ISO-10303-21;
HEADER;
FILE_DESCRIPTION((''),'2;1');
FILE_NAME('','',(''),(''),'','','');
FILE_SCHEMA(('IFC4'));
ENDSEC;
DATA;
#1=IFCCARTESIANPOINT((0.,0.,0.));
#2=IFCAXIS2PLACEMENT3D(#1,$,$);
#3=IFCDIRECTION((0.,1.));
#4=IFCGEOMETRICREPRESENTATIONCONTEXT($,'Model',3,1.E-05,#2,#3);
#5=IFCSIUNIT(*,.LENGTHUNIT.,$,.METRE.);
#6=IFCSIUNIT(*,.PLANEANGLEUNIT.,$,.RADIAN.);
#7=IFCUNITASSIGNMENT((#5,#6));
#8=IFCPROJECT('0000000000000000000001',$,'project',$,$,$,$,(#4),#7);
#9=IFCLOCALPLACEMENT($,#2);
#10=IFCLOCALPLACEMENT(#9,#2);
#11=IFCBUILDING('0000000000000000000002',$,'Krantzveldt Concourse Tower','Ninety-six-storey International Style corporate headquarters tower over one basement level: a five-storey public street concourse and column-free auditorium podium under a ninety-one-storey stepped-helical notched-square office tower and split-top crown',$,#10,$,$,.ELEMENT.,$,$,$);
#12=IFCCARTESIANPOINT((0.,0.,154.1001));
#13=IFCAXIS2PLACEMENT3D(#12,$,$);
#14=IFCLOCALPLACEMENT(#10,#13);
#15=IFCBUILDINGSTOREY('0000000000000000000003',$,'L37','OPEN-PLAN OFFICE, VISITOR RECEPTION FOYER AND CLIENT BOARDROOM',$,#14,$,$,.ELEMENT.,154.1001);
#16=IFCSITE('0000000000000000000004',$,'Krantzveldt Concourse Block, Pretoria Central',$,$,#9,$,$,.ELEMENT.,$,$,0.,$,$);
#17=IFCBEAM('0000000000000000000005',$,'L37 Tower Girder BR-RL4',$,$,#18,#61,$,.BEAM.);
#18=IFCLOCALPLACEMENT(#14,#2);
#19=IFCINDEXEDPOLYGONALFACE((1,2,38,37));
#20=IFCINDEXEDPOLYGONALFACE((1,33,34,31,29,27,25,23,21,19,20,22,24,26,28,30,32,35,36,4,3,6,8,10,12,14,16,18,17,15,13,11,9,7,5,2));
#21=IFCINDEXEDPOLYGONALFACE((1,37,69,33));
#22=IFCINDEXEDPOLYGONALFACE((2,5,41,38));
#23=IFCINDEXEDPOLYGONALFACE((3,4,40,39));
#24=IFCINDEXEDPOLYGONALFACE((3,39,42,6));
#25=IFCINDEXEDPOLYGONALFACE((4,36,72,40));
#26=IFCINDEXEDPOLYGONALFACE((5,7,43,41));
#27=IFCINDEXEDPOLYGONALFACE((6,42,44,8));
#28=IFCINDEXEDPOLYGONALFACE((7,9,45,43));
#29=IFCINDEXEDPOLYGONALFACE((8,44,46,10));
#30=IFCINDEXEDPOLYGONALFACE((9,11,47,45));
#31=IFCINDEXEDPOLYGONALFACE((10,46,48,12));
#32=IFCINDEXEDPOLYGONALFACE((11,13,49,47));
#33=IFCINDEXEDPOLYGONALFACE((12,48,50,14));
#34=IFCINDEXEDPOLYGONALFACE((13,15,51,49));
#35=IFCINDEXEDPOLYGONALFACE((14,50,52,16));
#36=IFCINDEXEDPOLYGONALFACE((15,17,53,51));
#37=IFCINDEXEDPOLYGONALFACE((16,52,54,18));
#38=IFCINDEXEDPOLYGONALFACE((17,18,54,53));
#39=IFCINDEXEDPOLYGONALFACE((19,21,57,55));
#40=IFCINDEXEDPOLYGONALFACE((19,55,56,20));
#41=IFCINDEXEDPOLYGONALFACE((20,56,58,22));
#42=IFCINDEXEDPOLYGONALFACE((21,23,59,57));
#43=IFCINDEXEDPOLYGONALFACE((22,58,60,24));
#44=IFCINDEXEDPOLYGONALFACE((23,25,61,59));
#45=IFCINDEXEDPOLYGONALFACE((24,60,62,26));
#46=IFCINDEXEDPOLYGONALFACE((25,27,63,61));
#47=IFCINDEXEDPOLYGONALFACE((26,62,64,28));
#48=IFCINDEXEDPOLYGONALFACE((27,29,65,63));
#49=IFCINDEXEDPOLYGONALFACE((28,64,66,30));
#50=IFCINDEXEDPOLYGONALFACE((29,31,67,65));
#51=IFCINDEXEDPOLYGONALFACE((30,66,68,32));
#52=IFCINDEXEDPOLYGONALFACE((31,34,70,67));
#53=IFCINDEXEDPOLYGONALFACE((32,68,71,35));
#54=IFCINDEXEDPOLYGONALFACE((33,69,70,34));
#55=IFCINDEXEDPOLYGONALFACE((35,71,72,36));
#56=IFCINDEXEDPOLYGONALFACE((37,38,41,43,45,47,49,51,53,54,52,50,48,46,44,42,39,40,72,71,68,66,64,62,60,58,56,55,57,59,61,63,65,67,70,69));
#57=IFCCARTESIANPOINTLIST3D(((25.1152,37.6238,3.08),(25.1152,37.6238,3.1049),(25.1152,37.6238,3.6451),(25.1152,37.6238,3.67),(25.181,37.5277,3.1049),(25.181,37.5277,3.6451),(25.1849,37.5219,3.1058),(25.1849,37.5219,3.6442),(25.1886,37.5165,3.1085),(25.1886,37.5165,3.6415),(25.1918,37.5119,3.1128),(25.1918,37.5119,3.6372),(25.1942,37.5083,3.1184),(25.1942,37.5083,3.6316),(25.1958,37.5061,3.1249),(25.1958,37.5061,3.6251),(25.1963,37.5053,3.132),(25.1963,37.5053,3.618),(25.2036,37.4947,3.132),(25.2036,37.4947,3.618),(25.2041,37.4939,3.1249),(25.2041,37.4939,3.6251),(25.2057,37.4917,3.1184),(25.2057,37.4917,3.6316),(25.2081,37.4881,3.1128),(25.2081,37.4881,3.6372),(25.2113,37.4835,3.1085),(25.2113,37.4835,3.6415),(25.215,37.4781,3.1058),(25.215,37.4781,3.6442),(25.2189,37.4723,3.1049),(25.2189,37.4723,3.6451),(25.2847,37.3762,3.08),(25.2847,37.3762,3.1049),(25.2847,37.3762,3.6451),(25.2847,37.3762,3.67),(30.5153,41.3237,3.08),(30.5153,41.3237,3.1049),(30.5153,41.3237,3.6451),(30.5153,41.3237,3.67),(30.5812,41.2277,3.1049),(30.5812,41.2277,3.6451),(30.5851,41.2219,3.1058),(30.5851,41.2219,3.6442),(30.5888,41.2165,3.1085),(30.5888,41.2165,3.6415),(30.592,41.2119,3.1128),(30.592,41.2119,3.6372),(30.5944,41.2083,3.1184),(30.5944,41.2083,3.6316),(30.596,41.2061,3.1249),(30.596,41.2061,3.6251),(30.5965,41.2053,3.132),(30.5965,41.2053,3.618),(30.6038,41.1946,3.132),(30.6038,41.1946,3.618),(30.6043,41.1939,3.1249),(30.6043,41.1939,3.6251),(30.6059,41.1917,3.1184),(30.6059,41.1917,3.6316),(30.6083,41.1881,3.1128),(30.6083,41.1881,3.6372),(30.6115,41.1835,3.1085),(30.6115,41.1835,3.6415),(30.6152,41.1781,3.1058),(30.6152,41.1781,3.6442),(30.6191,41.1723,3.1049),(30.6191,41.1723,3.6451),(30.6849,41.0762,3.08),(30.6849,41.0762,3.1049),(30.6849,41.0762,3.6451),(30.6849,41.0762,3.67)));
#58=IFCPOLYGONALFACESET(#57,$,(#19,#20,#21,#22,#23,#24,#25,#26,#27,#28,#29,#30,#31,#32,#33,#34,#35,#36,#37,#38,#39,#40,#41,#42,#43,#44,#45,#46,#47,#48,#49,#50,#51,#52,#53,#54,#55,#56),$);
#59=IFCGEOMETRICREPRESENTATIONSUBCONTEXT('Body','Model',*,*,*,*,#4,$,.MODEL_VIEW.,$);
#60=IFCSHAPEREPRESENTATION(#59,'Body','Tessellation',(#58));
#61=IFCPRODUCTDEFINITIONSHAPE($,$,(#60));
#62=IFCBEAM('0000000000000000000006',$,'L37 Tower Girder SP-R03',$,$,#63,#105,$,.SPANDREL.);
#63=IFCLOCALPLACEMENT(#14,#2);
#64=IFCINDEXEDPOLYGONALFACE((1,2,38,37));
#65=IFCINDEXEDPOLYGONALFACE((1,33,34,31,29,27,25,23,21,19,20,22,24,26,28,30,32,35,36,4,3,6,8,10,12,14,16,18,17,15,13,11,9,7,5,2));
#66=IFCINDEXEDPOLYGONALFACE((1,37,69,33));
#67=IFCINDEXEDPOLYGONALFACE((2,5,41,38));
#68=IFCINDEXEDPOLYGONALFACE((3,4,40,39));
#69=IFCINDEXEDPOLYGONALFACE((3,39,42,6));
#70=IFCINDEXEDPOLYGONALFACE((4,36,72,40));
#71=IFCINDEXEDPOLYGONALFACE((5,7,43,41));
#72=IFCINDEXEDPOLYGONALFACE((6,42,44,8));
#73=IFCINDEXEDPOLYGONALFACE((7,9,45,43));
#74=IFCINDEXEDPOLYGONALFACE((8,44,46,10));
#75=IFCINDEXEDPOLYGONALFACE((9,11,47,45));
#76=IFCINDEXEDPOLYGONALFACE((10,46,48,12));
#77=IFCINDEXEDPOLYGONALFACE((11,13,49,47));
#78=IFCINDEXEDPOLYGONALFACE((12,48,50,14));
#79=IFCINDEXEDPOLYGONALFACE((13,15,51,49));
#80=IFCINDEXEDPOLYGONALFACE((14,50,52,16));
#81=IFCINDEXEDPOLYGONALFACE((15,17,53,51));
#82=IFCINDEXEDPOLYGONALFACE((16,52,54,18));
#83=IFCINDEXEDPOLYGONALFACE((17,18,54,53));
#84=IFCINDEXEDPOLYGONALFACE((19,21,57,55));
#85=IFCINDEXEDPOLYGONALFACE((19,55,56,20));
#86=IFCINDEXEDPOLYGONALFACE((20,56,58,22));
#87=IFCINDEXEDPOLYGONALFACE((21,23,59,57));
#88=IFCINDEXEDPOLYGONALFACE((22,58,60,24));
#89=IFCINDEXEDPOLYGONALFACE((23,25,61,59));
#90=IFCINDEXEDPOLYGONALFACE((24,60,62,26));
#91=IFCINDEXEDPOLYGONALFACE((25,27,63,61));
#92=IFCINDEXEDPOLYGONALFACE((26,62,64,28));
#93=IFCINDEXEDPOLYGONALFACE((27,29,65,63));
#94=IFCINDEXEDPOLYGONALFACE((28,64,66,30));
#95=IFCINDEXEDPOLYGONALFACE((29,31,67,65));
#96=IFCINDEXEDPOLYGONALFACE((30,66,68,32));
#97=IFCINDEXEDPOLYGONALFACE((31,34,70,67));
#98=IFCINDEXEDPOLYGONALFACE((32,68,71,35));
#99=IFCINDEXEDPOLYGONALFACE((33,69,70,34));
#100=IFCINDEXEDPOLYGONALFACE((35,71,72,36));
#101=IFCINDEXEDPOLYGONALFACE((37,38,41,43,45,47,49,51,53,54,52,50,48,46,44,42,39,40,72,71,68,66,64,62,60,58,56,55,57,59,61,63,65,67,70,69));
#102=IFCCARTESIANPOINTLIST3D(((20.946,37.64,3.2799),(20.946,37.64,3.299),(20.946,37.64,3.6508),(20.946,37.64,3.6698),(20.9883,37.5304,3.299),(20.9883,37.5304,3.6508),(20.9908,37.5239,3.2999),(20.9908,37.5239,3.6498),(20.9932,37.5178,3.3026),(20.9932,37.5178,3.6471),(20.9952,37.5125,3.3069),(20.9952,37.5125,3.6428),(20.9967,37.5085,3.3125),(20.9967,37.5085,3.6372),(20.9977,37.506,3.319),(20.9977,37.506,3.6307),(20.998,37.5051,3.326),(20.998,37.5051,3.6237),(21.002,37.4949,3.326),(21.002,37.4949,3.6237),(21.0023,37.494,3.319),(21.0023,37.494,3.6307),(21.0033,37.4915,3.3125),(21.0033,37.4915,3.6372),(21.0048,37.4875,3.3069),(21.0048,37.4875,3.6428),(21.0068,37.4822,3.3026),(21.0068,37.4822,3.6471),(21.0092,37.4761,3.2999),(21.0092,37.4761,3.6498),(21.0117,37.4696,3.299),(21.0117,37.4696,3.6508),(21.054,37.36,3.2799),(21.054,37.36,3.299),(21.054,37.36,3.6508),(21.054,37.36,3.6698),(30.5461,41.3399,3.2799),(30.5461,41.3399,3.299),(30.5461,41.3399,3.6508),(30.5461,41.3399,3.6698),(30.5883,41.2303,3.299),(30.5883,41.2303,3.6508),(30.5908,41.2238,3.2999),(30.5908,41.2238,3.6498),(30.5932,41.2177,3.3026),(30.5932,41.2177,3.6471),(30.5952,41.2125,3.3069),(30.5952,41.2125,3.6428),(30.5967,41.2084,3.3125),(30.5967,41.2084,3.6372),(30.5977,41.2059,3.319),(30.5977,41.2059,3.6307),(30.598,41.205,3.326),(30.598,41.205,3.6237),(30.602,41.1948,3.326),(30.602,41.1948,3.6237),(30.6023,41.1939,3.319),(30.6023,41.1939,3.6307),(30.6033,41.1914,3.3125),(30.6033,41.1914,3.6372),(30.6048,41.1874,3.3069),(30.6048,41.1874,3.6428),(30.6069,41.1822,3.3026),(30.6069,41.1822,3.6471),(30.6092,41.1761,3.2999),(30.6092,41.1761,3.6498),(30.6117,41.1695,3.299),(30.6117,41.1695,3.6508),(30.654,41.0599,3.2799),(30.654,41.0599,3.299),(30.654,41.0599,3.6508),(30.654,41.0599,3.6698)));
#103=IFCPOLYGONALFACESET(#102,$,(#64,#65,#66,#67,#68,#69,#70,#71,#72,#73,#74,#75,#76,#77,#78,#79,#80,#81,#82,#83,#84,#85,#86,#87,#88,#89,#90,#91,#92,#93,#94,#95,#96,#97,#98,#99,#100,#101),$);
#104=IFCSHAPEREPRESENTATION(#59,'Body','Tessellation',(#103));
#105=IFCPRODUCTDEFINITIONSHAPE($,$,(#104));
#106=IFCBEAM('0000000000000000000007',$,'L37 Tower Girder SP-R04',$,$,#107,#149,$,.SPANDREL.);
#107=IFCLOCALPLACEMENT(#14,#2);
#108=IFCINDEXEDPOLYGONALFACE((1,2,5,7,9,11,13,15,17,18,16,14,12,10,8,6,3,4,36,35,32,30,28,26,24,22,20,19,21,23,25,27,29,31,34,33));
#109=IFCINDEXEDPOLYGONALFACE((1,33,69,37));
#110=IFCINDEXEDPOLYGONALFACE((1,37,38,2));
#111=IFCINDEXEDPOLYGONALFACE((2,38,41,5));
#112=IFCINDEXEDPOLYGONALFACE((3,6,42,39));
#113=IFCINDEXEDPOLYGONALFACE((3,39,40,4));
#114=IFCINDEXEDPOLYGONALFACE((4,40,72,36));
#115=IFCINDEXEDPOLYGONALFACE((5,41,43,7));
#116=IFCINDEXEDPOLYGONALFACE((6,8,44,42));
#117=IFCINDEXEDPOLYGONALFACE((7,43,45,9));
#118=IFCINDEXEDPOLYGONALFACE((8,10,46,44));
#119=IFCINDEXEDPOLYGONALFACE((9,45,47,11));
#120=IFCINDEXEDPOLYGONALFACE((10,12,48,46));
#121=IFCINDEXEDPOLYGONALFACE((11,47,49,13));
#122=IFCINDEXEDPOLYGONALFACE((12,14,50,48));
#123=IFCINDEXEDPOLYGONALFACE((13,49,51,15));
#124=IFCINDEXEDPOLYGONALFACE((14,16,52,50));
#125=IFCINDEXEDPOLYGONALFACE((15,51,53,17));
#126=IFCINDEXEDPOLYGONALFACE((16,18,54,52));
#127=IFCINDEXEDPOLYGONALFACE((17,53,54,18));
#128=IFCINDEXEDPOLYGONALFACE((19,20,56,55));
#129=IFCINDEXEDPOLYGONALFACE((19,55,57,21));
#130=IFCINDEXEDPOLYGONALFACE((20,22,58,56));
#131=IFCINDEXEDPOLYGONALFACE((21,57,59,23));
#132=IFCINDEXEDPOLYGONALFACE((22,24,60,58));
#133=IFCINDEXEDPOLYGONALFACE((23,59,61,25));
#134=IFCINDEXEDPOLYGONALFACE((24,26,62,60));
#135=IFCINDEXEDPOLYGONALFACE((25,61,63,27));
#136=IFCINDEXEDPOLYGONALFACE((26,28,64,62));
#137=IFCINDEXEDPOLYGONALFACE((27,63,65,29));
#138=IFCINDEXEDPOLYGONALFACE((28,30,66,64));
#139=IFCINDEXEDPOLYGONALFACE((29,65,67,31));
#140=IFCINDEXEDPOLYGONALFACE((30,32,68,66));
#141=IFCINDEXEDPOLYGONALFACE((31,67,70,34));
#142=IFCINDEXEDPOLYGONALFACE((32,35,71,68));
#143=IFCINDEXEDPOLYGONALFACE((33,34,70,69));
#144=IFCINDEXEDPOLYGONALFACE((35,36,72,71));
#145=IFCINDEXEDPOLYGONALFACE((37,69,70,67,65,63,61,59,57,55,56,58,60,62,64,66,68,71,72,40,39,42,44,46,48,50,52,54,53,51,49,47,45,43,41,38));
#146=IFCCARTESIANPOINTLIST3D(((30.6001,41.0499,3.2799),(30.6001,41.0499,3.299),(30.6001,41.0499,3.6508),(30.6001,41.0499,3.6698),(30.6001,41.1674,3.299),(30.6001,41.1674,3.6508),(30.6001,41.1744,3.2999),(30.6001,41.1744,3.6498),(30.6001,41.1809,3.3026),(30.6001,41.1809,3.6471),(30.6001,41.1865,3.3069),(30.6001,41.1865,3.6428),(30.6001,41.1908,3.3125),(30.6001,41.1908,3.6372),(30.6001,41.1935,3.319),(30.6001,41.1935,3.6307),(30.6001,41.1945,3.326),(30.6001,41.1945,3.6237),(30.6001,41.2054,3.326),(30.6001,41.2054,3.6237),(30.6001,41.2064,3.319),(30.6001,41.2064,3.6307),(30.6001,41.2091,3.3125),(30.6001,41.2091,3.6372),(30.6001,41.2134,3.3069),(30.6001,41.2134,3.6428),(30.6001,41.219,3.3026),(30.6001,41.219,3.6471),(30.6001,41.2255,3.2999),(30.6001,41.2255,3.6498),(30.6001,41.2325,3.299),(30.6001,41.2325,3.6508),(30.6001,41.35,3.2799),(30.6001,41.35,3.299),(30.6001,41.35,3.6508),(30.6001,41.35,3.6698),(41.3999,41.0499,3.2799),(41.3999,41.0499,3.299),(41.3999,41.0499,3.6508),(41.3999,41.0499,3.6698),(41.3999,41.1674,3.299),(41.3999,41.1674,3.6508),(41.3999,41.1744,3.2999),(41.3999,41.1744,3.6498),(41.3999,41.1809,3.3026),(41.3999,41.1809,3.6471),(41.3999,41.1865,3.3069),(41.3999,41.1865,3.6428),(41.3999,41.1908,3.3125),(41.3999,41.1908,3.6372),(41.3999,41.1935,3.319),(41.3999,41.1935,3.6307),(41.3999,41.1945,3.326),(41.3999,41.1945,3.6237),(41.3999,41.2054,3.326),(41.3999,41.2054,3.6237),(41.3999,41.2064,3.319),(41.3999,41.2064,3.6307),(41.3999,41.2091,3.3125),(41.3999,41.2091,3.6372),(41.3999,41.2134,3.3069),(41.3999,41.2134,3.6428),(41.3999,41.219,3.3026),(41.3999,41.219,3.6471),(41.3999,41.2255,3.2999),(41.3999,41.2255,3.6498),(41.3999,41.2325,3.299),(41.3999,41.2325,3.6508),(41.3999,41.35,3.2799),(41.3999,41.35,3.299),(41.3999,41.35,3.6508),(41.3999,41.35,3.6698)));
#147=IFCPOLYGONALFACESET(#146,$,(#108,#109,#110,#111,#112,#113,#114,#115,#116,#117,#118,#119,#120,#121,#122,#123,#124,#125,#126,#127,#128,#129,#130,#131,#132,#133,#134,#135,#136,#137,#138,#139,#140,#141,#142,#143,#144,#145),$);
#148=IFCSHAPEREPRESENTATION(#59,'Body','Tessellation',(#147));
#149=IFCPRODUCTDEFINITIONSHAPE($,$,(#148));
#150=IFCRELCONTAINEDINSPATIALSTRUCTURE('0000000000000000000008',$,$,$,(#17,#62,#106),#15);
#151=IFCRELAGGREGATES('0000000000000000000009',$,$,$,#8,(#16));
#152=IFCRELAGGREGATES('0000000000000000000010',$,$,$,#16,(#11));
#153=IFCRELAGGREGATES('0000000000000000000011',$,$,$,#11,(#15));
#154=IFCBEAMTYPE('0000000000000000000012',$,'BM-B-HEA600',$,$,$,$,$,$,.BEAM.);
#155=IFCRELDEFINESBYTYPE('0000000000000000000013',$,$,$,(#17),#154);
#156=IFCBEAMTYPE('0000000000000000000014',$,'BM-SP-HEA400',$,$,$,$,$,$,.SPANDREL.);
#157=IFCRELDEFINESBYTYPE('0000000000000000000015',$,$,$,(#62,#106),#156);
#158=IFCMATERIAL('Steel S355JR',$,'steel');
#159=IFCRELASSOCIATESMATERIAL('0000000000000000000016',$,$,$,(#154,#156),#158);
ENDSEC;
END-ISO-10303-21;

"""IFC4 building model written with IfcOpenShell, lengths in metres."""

from ifc_helpers import new_model, si_unit, direction, frame, origin, origin_2d, place, context, subcontext, project, spatial, i_section, extrude, source, transform, mapped, material, material_profile, profile_set, type_object, type_shapes, element, save


model = new_model("IFC4")

# Units and contexts
model_context = context("Model", 3, precision=1e-05, world=origin(), true_north=direction((0.0, 1.0)))
body_context = subcontext(model_context, "Body", "Model", "MODEL_VIEW")
ifc_project = project(units=[si_unit("LENGTHUNIT", "METRE"), si_unit("PLANEANGLEUNIT", "RADIAN")], contexts=[model_context])

# Site, building, storey
site_placement = place(None, origin())
site = spatial("IfcSite", under=ifc_project, at=site_placement, Name="Krantzveldt Concourse Block, Pretoria Central", CompositionType="ELEMENT", RefElevation=0.0)
building_placement = place(site_placement, origin())
building = spatial("IfcBuilding", under=site, at=building_placement, Name="Krantzveldt Concourse Tower", Description="Ninety-six-storey International Style corporate headquarters tower over one basement level: a five-storey public street concourse and column-free auditorium podium under a ninety-one-storey stepped-helical notched-square office tower and split-top crown", CompositionType="ELEMENT")
storey_placement = place(building_placement, frame((0.0, 0.0, 154.1001)))
storey = spatial("IfcBuildingStorey", under=building, at=storey_placement, Name="L37", Description="OPEN-PLAN OFFICE, VISITOR RECEPTION FOYER AND CLIENT BOARDROOM", CompositionType="ELEMENT", Elevation=154.1001)

# Beams
ifc_material_1 = material(Name="Steel S355JR", Category="steel")
ifc_material_profile_1 = material_profile(ifc_material_1, i_section(OverallWidth=0.3, OverallDepth=0.5901, WebThickness=0.0129, FlangeThickness=0.0249, FilletRadius=0.0271, at=origin_2d()), Name="Steel S355JR", Category="steel")
ifc_profile_set_1 = profile_set([ifc_material_profile_1], Name="Steel S355JR - HEA 600")
beam_type_1 = type_object("IfcBeamType", Name="BM-B-HEA600", PredefinedType="BEAM", material=ifc_profile_set_1)
shared_shape_1 = source(origin(), body_context, "Body", "SweptSolid", [
    extrude(i_section(OverallWidth=0.3, OverallDepth=0.5901, WebThickness=0.0129, FlangeThickness=0.0249, FilletRadius=0.0271, at=origin_2d()), origin(), (0.0, 0.0, 1.0), 6.5461),
])
beam_1_placement = place(storey_placement, frame((25.2, 37.5, 3.375), z_axis=(0.824943, 0.565216, 0.0), x_axis=(-0.565216, 0.824943, 0.0)))
element("IfcBeam", 1, at=beam_1_placement, inside=storey, type_object=beam_type_1, Name="L37 Tower Girder BR-RL4", PredefinedType="BEAM", context=body_context, shape_type="MappedRepresentation", body=[
    mapped(shared_shape_1, transform((0.0, 0.0, 0.0), x_axis=(1.0, 0.0, 0.0), y_axis=(0.0, 1.0, 0.0), z_axis=(0.0, 0.0, 1.0), scale=1.0)),
])
ifc_material_profile_2 = material_profile(ifc_material_1, i_section(OverallWidth=0.3, OverallDepth=0.3899, WebThickness=0.011, FlangeThickness=0.019, FilletRadius=0.0271, at=origin_2d()), Name="Steel S355JR", Category="steel")
ifc_profile_set_2 = profile_set([ifc_material_profile_2], Name="Steel S355JR - HEA 400")
beam_type_2 = type_object("IfcBeamType", Name="BM-SP-HEA400", PredefinedType="SPANDREL", material=ifc_profile_set_2)
shared_shape_2 = source(origin(), body_context, "Body", "SweptSolid", [
    extrude(i_section(OverallWidth=0.3, OverallDepth=0.3899, WebThickness=0.011, FlangeThickness=0.019, FilletRadius=0.0271, at=origin_2d()), origin(), (0.0, 0.0, 1.0), 10.2883),
])
beam_2_placement = place(storey_placement, frame((21.0, 37.5, 3.4749), z_axis=(0.933098, 0.359623, 0.0), x_axis=(-0.359623, 0.933098, 0.0)))
element("IfcBeam", 2, at=beam_2_placement, inside=storey, type_object=beam_type_2, Name="L37 Tower Girder SP-R03", PredefinedType="SPANDREL", context=body_context, shape_type="MappedRepresentation", body=[
    mapped(shared_shape_2, transform((0.0, 0.0, 0.0), x_axis=(1.0, 0.0, 0.0), y_axis=(0.0, 1.0, 0.0), z_axis=(0.0, 0.0, 1.0), scale=1.0)),
])
shared_shape_3 = source(origin(), body_context, "Body", "SweptSolid", [
    extrude(i_section(OverallWidth=0.3, OverallDepth=0.3899, WebThickness=0.011, FlangeThickness=0.019, FilletRadius=0.0271, at=origin_2d()), origin(), (0.0, 0.0, 1.0), 10.7998),
])
type_shapes(beam_type_2, [shared_shape_2, shared_shape_3])
beam_3_placement = place(storey_placement, frame((30.6001, 41.2, 3.4749), z_axis=(1.0, 0.0, 0.0), x_axis=(0.0, 1.0, 0.0)))
element("IfcBeam", 3, at=beam_3_placement, inside=storey, type_object=beam_type_2, Name="L37 Tower Girder SP-R04", PredefinedType="SPANDREL", context=body_context, shape_type="MappedRepresentation", body=[
    mapped(shared_shape_3, transform((0.0, 0.0, 0.0), x_axis=(1.0, 0.0, 0.0), y_axis=(0.0, 1.0, 0.0), z_axis=(0.0, 0.0, 1.0), scale=1.0)),
])

save(model, "model.ifc")
